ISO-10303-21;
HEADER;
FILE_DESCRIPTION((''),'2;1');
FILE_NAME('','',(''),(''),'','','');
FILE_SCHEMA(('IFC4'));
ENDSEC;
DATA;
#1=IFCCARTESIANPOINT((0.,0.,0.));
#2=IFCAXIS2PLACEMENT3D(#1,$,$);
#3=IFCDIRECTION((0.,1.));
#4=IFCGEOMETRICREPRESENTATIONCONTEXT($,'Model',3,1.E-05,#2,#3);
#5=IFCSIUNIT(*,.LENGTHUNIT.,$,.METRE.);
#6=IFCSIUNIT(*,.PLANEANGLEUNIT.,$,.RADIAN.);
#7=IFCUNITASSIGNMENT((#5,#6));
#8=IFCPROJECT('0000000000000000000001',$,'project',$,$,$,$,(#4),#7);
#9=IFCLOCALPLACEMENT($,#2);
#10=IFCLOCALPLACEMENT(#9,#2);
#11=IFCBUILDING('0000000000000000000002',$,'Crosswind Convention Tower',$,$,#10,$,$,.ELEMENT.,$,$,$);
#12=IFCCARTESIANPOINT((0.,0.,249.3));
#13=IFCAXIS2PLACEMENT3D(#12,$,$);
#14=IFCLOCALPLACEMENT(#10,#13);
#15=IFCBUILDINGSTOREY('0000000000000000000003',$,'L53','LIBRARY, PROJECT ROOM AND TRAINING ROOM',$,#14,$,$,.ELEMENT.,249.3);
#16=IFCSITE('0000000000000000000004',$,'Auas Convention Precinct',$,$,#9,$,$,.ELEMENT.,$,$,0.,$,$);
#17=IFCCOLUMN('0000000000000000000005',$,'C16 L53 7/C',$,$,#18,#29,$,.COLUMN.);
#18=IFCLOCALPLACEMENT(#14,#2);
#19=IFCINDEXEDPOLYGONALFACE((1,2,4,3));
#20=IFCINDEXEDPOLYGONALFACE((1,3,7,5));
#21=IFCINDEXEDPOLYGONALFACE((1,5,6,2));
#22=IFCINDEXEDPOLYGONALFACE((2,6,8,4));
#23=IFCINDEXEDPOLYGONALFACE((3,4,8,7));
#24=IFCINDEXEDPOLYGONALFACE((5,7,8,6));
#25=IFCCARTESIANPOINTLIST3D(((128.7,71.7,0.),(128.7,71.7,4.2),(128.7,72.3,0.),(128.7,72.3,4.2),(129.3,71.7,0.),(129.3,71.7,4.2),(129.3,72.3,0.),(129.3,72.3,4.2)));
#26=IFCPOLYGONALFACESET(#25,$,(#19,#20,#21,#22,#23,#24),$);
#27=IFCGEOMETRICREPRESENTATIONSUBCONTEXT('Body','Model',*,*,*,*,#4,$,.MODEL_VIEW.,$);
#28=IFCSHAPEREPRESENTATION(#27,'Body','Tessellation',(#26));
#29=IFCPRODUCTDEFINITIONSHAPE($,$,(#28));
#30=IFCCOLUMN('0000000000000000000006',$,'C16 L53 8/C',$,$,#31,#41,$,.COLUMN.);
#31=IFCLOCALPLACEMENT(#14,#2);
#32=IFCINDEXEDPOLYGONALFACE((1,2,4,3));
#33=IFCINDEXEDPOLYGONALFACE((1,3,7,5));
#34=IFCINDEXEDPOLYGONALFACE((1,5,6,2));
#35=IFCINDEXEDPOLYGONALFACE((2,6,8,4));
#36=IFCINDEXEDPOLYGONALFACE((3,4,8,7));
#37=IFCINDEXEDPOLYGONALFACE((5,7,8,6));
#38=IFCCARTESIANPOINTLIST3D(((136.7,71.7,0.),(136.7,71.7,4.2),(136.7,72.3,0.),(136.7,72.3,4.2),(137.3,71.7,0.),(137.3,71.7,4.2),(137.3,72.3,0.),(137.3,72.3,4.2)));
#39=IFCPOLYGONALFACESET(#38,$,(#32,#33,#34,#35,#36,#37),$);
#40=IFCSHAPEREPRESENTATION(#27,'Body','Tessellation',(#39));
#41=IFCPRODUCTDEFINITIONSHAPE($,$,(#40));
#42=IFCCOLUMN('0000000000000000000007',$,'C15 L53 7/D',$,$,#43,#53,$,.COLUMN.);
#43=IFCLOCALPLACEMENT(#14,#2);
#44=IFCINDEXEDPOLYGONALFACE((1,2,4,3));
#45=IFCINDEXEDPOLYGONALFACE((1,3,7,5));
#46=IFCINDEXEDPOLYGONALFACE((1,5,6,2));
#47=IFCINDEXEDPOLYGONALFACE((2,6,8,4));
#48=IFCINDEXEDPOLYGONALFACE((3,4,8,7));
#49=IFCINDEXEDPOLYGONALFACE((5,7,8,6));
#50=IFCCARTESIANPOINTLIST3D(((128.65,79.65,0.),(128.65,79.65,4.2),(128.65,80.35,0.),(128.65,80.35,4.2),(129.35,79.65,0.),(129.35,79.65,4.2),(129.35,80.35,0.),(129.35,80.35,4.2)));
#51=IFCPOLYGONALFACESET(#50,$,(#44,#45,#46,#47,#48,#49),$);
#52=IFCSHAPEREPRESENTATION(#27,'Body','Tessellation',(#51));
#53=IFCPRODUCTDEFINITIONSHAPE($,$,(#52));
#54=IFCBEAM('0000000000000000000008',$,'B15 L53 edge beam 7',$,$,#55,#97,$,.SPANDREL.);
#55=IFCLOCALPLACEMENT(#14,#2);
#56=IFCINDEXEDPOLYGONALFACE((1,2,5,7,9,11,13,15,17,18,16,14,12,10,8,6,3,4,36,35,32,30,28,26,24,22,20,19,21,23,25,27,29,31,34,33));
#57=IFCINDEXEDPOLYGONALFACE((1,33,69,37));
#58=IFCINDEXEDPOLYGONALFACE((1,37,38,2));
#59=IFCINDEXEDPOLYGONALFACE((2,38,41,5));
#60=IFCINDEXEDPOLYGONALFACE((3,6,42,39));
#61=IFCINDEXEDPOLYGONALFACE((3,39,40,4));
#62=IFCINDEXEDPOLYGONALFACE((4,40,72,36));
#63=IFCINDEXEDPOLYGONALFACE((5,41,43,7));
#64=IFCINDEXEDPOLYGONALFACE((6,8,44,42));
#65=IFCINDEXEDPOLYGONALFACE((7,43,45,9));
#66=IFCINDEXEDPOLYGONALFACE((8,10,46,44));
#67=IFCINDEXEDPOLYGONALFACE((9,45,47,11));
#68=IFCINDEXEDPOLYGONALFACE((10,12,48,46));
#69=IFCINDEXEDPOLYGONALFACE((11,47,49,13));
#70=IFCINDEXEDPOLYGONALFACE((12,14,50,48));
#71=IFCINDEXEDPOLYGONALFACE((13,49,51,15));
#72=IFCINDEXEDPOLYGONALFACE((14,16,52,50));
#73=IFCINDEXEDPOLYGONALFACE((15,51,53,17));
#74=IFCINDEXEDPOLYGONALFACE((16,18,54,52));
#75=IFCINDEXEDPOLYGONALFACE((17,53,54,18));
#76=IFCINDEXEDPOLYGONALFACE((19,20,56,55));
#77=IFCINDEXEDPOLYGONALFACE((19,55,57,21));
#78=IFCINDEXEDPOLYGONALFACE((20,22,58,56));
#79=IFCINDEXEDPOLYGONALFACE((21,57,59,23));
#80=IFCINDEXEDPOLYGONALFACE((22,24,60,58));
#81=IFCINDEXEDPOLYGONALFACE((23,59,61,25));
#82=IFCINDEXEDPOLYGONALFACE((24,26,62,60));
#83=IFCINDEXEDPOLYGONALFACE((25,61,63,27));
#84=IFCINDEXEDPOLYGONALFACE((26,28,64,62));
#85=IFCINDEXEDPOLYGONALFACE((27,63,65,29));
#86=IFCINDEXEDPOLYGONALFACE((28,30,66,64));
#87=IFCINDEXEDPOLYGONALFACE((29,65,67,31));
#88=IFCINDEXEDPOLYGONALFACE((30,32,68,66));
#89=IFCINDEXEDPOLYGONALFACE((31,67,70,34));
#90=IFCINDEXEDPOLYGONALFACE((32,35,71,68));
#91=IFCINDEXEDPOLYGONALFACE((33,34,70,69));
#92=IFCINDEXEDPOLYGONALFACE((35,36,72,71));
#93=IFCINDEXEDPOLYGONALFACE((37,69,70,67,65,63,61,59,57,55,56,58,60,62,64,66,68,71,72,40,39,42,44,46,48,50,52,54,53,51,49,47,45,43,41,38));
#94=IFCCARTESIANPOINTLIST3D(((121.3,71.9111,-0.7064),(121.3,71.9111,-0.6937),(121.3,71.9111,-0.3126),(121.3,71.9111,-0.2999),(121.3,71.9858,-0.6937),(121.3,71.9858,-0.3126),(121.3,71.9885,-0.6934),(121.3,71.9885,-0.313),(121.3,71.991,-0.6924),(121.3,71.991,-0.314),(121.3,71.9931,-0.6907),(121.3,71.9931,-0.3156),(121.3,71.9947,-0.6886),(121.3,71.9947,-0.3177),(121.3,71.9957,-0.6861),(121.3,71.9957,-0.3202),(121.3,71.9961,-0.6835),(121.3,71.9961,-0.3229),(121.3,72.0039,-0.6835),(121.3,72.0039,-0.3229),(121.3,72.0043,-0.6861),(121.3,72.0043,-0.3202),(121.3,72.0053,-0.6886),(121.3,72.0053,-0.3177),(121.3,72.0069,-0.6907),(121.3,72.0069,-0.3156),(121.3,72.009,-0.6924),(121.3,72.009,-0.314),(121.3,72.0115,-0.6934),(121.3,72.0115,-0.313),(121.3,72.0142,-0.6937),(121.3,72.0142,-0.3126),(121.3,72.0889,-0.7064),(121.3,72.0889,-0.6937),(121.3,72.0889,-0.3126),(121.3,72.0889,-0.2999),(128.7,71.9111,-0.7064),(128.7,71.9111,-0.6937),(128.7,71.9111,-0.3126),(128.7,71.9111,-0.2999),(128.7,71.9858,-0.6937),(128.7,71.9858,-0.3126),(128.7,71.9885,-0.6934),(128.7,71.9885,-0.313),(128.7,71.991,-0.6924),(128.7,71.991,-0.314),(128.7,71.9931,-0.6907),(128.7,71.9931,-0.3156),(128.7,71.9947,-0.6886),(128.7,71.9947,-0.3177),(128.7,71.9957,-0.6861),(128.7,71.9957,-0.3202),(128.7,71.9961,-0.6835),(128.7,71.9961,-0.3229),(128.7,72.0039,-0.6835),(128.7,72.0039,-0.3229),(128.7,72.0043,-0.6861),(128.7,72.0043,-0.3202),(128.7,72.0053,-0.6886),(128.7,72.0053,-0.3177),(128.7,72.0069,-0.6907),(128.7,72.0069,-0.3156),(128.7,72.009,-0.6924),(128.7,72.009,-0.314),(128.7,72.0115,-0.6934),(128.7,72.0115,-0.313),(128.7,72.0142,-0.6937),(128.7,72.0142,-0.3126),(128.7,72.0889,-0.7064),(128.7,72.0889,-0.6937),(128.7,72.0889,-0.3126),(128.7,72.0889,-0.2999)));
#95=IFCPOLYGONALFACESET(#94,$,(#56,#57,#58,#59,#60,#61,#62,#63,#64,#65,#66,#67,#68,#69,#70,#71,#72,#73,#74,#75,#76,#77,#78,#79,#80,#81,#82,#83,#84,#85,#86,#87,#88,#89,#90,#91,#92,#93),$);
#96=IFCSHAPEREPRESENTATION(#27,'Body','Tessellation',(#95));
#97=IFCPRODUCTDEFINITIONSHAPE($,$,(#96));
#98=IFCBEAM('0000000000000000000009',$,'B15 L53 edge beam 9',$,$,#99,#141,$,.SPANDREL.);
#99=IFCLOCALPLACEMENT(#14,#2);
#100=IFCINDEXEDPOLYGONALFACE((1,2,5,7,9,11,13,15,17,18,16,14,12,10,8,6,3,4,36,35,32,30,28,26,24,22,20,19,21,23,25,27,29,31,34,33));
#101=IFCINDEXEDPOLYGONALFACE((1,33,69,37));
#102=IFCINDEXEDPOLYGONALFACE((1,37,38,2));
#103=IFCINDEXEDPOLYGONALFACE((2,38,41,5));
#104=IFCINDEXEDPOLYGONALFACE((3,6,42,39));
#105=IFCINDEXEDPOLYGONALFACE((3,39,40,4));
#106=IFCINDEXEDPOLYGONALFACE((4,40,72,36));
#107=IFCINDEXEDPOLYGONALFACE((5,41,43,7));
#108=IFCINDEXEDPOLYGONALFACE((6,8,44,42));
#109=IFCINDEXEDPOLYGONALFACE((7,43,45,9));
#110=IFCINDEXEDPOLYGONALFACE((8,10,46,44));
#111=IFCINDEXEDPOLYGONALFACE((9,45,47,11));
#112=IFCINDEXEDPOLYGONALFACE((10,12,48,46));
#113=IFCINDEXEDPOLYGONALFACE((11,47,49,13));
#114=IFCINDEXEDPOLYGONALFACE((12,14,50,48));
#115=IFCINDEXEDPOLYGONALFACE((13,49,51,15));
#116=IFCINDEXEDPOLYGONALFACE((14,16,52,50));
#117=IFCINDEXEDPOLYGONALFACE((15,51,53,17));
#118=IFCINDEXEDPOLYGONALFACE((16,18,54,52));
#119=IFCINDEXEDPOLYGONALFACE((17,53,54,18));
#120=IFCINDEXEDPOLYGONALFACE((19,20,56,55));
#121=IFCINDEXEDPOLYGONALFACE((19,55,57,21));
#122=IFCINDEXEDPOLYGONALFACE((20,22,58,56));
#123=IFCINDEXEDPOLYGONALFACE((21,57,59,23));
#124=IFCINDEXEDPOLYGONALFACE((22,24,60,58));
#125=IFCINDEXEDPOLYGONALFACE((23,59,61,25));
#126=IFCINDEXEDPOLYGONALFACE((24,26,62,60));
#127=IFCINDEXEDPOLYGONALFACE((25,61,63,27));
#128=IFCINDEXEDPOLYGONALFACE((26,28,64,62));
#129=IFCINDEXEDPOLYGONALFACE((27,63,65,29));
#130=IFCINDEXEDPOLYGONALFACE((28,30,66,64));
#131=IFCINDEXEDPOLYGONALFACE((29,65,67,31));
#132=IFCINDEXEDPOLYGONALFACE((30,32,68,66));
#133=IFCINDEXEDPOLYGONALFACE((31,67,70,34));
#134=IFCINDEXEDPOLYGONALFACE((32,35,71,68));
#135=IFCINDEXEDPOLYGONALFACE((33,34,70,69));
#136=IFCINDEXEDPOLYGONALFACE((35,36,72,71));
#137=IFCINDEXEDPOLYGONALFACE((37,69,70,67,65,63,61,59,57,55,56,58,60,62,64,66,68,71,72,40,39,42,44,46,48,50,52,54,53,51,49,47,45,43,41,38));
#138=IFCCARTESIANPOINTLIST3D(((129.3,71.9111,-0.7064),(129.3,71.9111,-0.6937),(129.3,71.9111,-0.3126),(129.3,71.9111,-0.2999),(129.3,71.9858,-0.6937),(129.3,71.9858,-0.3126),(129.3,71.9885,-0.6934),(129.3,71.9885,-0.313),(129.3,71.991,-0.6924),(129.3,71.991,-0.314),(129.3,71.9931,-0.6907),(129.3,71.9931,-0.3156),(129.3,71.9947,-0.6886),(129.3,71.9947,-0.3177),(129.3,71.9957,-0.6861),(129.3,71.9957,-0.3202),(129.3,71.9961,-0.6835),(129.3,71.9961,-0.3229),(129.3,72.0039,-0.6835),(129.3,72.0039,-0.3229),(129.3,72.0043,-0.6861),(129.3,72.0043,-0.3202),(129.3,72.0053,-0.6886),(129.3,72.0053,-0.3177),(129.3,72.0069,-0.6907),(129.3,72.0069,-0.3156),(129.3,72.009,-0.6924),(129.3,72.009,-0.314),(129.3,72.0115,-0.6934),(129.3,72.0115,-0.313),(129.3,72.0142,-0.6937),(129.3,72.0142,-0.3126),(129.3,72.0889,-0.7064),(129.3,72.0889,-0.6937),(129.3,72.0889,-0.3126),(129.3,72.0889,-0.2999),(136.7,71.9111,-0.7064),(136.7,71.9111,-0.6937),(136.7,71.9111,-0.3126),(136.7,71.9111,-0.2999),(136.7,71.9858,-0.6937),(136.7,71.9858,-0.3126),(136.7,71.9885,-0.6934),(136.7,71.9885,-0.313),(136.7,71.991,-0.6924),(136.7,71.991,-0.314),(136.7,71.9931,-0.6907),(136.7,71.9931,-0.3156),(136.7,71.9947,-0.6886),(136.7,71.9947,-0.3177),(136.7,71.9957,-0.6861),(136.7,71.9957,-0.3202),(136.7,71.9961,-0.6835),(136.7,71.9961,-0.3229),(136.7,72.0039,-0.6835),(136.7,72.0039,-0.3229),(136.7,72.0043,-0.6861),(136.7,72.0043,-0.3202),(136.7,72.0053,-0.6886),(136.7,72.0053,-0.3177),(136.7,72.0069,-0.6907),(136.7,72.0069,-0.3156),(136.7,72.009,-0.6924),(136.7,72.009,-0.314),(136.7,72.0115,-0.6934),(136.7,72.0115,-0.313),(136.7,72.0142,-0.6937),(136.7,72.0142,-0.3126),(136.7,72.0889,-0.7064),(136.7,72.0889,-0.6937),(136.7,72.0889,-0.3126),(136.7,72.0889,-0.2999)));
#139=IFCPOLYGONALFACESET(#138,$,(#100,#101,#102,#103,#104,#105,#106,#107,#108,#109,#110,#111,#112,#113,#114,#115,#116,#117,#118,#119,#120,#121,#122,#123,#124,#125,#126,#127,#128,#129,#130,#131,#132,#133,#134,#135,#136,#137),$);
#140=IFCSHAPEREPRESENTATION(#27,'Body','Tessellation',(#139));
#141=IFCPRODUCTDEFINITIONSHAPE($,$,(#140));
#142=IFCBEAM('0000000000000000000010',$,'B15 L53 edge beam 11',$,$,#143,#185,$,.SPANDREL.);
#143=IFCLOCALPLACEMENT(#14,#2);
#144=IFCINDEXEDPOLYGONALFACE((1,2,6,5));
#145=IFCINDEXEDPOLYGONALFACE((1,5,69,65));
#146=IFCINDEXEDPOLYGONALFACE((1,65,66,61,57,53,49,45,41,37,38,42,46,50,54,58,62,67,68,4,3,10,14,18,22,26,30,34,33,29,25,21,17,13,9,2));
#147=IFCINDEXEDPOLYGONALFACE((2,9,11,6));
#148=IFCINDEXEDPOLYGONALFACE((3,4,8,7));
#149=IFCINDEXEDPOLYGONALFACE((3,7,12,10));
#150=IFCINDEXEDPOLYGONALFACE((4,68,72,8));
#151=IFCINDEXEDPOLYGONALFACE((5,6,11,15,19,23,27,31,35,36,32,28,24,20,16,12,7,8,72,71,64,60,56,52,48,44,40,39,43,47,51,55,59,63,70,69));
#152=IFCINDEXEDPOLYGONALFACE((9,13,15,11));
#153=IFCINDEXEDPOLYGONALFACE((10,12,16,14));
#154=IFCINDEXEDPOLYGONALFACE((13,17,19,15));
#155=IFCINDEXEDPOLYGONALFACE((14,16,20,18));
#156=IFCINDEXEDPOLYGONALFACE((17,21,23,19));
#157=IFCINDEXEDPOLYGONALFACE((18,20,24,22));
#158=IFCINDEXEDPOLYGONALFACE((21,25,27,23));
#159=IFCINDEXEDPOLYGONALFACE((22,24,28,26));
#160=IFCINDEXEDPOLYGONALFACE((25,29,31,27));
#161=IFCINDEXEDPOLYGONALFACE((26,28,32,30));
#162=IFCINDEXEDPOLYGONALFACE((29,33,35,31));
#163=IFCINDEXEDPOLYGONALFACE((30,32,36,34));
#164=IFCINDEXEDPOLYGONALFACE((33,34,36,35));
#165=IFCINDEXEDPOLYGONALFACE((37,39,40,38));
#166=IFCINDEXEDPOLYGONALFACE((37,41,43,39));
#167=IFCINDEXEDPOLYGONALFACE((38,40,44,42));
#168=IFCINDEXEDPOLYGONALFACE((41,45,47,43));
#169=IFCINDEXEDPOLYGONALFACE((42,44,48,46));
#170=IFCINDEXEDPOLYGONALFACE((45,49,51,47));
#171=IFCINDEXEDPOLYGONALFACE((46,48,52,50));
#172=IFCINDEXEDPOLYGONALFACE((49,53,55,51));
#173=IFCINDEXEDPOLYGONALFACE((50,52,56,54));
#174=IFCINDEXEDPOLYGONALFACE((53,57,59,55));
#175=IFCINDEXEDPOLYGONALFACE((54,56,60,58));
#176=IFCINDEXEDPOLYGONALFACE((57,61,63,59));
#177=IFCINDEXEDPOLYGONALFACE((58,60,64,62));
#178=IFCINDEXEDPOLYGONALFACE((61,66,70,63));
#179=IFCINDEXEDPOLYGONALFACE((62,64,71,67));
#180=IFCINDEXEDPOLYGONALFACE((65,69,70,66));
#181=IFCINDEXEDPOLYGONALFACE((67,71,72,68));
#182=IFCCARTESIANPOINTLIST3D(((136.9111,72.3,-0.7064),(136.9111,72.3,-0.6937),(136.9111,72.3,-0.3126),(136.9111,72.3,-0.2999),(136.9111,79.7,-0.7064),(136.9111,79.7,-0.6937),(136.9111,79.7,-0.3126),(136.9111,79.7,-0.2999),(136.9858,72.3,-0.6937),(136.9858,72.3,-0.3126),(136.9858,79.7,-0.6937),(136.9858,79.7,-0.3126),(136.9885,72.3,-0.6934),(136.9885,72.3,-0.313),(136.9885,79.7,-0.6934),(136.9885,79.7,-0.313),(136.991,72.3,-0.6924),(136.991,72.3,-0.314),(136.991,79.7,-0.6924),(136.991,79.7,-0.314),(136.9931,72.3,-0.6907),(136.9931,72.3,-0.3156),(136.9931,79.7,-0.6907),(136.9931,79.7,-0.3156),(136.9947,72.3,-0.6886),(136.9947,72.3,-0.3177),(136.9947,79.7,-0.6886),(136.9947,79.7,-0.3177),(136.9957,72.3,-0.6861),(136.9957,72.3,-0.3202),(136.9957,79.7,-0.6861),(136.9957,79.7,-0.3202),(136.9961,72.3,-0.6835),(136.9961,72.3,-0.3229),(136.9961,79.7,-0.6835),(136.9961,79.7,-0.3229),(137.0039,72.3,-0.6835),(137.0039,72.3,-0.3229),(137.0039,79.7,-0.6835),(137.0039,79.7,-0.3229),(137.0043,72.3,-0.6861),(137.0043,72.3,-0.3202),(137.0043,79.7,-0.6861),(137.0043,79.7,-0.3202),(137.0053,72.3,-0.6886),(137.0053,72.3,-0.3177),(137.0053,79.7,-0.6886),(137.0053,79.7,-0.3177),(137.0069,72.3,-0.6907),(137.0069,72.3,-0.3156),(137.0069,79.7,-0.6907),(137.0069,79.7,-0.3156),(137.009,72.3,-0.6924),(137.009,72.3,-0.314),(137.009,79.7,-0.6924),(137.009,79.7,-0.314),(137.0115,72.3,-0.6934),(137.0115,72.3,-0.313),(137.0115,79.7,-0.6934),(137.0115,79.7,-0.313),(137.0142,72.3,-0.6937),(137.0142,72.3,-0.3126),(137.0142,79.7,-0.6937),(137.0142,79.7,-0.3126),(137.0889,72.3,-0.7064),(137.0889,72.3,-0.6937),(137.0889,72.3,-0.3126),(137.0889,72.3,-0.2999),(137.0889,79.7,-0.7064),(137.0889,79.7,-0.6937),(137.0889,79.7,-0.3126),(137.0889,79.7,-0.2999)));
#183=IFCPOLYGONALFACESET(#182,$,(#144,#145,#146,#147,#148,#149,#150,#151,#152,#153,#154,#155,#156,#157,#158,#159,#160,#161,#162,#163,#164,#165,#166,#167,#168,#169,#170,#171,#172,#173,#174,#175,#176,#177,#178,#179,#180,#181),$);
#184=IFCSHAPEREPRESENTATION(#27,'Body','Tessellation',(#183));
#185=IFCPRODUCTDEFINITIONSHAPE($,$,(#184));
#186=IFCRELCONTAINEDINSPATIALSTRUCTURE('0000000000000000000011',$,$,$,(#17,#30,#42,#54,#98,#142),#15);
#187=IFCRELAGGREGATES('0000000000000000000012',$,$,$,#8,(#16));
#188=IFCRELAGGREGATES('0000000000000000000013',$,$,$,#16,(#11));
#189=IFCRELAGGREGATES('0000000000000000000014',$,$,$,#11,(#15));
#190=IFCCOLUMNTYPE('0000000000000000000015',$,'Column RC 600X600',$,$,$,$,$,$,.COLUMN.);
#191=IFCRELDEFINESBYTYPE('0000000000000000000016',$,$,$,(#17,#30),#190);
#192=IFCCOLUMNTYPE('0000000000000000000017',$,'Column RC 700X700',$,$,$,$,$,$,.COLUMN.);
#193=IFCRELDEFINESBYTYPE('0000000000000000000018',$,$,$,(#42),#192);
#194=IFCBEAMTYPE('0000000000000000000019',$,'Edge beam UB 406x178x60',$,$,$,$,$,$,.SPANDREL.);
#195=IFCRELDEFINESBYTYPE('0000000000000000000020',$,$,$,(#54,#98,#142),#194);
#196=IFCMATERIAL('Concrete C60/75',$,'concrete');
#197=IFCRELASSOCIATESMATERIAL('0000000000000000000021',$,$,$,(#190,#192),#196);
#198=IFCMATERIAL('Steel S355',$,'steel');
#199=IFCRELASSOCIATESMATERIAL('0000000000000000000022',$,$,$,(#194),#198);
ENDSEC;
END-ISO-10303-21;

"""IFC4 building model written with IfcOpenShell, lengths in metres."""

from ifc_helpers import new_model, si_unit, direction, frame, origin, origin_2d, place, context, subcontext, project, spatial, rectangle, i_section, extrude, material, material_profile, profile_set, type_object, element, save


model = new_model("IFC4")

# Units and contexts
model_context = context("Model", 3, precision=1e-05, world=origin(), true_north=direction((0.0, 1.0)))
body_context = subcontext(model_context, "Body", "Model", "MODEL_VIEW")
ifc_project = project(units=[si_unit("LENGTHUNIT", "METRE"), si_unit("PLANEANGLEUNIT", "RADIAN")], contexts=[model_context])

# Site, building, storey
site_placement = place(None, origin())
site = spatial("IfcSite", under=ifc_project, at=site_placement, Name="Auas Convention Precinct", CompositionType="ELEMENT", RefElevation=0.0)
building_placement = place(site_placement, origin())
building = spatial("IfcBuilding", under=site, at=building_placement, Name="Crosswind Convention Tower", CompositionType="ELEMENT")
storey_placement = place(building_placement, frame((0.0, 0.0, 249.3)))
storey = spatial("IfcBuildingStorey", under=building, at=storey_placement, Name="L53", Description="LIBRARY, PROJECT ROOM AND TRAINING ROOM", CompositionType="ELEMENT", Elevation=249.3)

# Columns
ifc_material_1 = material(Name="Concrete C60/75", Category="concrete")
ifc_material_profile_1 = material_profile(ifc_material_1, rectangle(XDim=0.6001, YDim=0.6001, at=origin_2d()), Name="RC 600X600")
ifc_profile_set_1 = profile_set([ifc_material_profile_1], Name="Concrete C60/75")
column_type_1 = type_object("IfcColumnType", Name="Column RC 600X600", PredefinedType="COLUMN", material=ifc_profile_set_1)
for number, where, z_axis, x_axis, name in (
    (1, (129.0, 72.0, 0.0), (0.0, 0.0, 1.0), (1.0, 0.0, 0.0), "C16 L53 7/C"),
    (2, (137.0, 72.0, 0.0), (0.0, 0.0, 1.0), (1.0, 0.0, 0.0), "C16 L53 8/C"),
):
    element("IfcColumn", number, at=place(storey_placement, frame(where, z_axis=z_axis, x_axis=x_axis)), inside=storey, type_object=column_type_1, Name=name, PredefinedType="COLUMN", context=body_context, shape_type="SweptSolid", body=[
        extrude(rectangle(XDim=0.6001, YDim=0.6001, at=origin_2d()), origin(), (0.0, 0.0, 1.0), 4.2),
    ])
ifc_material_profile_2 = material_profile(ifc_material_1, rectangle(XDim=0.7, YDim=0.7, at=origin_2d()), Name="RC 700X700")
ifc_profile_set_2 = profile_set([ifc_material_profile_2], Name="Concrete C60/75")
column_type_2 = type_object("IfcColumnType", Name="Column RC 700X700", PredefinedType="COLUMN", material=ifc_profile_set_2)
column_placement = place(storey_placement, frame((129.0, 80.0, 0.0), z_axis=(0.0, 0.0, 1.0), x_axis=(1.0, 0.0, 0.0)))
element("IfcColumn", 3, at=column_placement, inside=storey, type_object=column_type_2, Name="C15 L53 7/D", PredefinedType="COLUMN", context=body_context, shape_type="SweptSolid", body=[
    extrude(rectangle(XDim=0.7, YDim=0.7, at=origin_2d()), origin(), (0.0, 0.0, 1.0), 4.2),
])

# Beams
ifc_material_2 = material(Name="Steel S355", Category="steel")
ifc_material_profile_3 = material_profile(ifc_material_2, i_section(OverallWidth=0.1777, OverallDepth=0.4065, WebThickness=0.0078, FlangeThickness=0.0127, FilletRadius=0.0103, at=origin_2d()), Name="UB 406x178x60")
ifc_profile_set_3 = profile_set([ifc_material_profile_3], Name="Steel S355")
beam_type_1 = type_object("IfcBeamType", Name="Edge beam UB 406x178x60", PredefinedType="SPANDREL", material=ifc_profile_set_3)
for number, where, z_axis, x_axis, name in (
    (4, (121.3, 72.0, -0.5032), (1.0, 0.0, 0.0), (0.0, 1.0, 0.0), "B15 L53 edge beam 7"),
    (5, (129.3, 72.0, -0.5032), (1.0, 0.0, 0.0), (0.0, 1.0, 0.0), "B15 L53 edge beam 9"),
    (6, (137.0, 72.3, -0.5032), (0.0, 1.0, 0.0), (-1.0, 0.0, 0.0), "B15 L53 edge beam 11"),
):
    element("IfcBeam", number, at=place(storey_placement, frame(where, z_axis=z_axis, x_axis=x_axis)), inside=storey, type_object=beam_type_1, Name=name, PredefinedType="SPANDREL", context=body_context, shape_type="SweptSolid", body=[
        extrude(i_section(OverallWidth=0.1777, OverallDepth=0.4065, WebThickness=0.0078, FlangeThickness=0.0127, FilletRadius=0.0103, at=origin_2d()), origin(), (0.0, 0.0, 1.0), 7.3999),
    ])

save(model, "model.ifc")
